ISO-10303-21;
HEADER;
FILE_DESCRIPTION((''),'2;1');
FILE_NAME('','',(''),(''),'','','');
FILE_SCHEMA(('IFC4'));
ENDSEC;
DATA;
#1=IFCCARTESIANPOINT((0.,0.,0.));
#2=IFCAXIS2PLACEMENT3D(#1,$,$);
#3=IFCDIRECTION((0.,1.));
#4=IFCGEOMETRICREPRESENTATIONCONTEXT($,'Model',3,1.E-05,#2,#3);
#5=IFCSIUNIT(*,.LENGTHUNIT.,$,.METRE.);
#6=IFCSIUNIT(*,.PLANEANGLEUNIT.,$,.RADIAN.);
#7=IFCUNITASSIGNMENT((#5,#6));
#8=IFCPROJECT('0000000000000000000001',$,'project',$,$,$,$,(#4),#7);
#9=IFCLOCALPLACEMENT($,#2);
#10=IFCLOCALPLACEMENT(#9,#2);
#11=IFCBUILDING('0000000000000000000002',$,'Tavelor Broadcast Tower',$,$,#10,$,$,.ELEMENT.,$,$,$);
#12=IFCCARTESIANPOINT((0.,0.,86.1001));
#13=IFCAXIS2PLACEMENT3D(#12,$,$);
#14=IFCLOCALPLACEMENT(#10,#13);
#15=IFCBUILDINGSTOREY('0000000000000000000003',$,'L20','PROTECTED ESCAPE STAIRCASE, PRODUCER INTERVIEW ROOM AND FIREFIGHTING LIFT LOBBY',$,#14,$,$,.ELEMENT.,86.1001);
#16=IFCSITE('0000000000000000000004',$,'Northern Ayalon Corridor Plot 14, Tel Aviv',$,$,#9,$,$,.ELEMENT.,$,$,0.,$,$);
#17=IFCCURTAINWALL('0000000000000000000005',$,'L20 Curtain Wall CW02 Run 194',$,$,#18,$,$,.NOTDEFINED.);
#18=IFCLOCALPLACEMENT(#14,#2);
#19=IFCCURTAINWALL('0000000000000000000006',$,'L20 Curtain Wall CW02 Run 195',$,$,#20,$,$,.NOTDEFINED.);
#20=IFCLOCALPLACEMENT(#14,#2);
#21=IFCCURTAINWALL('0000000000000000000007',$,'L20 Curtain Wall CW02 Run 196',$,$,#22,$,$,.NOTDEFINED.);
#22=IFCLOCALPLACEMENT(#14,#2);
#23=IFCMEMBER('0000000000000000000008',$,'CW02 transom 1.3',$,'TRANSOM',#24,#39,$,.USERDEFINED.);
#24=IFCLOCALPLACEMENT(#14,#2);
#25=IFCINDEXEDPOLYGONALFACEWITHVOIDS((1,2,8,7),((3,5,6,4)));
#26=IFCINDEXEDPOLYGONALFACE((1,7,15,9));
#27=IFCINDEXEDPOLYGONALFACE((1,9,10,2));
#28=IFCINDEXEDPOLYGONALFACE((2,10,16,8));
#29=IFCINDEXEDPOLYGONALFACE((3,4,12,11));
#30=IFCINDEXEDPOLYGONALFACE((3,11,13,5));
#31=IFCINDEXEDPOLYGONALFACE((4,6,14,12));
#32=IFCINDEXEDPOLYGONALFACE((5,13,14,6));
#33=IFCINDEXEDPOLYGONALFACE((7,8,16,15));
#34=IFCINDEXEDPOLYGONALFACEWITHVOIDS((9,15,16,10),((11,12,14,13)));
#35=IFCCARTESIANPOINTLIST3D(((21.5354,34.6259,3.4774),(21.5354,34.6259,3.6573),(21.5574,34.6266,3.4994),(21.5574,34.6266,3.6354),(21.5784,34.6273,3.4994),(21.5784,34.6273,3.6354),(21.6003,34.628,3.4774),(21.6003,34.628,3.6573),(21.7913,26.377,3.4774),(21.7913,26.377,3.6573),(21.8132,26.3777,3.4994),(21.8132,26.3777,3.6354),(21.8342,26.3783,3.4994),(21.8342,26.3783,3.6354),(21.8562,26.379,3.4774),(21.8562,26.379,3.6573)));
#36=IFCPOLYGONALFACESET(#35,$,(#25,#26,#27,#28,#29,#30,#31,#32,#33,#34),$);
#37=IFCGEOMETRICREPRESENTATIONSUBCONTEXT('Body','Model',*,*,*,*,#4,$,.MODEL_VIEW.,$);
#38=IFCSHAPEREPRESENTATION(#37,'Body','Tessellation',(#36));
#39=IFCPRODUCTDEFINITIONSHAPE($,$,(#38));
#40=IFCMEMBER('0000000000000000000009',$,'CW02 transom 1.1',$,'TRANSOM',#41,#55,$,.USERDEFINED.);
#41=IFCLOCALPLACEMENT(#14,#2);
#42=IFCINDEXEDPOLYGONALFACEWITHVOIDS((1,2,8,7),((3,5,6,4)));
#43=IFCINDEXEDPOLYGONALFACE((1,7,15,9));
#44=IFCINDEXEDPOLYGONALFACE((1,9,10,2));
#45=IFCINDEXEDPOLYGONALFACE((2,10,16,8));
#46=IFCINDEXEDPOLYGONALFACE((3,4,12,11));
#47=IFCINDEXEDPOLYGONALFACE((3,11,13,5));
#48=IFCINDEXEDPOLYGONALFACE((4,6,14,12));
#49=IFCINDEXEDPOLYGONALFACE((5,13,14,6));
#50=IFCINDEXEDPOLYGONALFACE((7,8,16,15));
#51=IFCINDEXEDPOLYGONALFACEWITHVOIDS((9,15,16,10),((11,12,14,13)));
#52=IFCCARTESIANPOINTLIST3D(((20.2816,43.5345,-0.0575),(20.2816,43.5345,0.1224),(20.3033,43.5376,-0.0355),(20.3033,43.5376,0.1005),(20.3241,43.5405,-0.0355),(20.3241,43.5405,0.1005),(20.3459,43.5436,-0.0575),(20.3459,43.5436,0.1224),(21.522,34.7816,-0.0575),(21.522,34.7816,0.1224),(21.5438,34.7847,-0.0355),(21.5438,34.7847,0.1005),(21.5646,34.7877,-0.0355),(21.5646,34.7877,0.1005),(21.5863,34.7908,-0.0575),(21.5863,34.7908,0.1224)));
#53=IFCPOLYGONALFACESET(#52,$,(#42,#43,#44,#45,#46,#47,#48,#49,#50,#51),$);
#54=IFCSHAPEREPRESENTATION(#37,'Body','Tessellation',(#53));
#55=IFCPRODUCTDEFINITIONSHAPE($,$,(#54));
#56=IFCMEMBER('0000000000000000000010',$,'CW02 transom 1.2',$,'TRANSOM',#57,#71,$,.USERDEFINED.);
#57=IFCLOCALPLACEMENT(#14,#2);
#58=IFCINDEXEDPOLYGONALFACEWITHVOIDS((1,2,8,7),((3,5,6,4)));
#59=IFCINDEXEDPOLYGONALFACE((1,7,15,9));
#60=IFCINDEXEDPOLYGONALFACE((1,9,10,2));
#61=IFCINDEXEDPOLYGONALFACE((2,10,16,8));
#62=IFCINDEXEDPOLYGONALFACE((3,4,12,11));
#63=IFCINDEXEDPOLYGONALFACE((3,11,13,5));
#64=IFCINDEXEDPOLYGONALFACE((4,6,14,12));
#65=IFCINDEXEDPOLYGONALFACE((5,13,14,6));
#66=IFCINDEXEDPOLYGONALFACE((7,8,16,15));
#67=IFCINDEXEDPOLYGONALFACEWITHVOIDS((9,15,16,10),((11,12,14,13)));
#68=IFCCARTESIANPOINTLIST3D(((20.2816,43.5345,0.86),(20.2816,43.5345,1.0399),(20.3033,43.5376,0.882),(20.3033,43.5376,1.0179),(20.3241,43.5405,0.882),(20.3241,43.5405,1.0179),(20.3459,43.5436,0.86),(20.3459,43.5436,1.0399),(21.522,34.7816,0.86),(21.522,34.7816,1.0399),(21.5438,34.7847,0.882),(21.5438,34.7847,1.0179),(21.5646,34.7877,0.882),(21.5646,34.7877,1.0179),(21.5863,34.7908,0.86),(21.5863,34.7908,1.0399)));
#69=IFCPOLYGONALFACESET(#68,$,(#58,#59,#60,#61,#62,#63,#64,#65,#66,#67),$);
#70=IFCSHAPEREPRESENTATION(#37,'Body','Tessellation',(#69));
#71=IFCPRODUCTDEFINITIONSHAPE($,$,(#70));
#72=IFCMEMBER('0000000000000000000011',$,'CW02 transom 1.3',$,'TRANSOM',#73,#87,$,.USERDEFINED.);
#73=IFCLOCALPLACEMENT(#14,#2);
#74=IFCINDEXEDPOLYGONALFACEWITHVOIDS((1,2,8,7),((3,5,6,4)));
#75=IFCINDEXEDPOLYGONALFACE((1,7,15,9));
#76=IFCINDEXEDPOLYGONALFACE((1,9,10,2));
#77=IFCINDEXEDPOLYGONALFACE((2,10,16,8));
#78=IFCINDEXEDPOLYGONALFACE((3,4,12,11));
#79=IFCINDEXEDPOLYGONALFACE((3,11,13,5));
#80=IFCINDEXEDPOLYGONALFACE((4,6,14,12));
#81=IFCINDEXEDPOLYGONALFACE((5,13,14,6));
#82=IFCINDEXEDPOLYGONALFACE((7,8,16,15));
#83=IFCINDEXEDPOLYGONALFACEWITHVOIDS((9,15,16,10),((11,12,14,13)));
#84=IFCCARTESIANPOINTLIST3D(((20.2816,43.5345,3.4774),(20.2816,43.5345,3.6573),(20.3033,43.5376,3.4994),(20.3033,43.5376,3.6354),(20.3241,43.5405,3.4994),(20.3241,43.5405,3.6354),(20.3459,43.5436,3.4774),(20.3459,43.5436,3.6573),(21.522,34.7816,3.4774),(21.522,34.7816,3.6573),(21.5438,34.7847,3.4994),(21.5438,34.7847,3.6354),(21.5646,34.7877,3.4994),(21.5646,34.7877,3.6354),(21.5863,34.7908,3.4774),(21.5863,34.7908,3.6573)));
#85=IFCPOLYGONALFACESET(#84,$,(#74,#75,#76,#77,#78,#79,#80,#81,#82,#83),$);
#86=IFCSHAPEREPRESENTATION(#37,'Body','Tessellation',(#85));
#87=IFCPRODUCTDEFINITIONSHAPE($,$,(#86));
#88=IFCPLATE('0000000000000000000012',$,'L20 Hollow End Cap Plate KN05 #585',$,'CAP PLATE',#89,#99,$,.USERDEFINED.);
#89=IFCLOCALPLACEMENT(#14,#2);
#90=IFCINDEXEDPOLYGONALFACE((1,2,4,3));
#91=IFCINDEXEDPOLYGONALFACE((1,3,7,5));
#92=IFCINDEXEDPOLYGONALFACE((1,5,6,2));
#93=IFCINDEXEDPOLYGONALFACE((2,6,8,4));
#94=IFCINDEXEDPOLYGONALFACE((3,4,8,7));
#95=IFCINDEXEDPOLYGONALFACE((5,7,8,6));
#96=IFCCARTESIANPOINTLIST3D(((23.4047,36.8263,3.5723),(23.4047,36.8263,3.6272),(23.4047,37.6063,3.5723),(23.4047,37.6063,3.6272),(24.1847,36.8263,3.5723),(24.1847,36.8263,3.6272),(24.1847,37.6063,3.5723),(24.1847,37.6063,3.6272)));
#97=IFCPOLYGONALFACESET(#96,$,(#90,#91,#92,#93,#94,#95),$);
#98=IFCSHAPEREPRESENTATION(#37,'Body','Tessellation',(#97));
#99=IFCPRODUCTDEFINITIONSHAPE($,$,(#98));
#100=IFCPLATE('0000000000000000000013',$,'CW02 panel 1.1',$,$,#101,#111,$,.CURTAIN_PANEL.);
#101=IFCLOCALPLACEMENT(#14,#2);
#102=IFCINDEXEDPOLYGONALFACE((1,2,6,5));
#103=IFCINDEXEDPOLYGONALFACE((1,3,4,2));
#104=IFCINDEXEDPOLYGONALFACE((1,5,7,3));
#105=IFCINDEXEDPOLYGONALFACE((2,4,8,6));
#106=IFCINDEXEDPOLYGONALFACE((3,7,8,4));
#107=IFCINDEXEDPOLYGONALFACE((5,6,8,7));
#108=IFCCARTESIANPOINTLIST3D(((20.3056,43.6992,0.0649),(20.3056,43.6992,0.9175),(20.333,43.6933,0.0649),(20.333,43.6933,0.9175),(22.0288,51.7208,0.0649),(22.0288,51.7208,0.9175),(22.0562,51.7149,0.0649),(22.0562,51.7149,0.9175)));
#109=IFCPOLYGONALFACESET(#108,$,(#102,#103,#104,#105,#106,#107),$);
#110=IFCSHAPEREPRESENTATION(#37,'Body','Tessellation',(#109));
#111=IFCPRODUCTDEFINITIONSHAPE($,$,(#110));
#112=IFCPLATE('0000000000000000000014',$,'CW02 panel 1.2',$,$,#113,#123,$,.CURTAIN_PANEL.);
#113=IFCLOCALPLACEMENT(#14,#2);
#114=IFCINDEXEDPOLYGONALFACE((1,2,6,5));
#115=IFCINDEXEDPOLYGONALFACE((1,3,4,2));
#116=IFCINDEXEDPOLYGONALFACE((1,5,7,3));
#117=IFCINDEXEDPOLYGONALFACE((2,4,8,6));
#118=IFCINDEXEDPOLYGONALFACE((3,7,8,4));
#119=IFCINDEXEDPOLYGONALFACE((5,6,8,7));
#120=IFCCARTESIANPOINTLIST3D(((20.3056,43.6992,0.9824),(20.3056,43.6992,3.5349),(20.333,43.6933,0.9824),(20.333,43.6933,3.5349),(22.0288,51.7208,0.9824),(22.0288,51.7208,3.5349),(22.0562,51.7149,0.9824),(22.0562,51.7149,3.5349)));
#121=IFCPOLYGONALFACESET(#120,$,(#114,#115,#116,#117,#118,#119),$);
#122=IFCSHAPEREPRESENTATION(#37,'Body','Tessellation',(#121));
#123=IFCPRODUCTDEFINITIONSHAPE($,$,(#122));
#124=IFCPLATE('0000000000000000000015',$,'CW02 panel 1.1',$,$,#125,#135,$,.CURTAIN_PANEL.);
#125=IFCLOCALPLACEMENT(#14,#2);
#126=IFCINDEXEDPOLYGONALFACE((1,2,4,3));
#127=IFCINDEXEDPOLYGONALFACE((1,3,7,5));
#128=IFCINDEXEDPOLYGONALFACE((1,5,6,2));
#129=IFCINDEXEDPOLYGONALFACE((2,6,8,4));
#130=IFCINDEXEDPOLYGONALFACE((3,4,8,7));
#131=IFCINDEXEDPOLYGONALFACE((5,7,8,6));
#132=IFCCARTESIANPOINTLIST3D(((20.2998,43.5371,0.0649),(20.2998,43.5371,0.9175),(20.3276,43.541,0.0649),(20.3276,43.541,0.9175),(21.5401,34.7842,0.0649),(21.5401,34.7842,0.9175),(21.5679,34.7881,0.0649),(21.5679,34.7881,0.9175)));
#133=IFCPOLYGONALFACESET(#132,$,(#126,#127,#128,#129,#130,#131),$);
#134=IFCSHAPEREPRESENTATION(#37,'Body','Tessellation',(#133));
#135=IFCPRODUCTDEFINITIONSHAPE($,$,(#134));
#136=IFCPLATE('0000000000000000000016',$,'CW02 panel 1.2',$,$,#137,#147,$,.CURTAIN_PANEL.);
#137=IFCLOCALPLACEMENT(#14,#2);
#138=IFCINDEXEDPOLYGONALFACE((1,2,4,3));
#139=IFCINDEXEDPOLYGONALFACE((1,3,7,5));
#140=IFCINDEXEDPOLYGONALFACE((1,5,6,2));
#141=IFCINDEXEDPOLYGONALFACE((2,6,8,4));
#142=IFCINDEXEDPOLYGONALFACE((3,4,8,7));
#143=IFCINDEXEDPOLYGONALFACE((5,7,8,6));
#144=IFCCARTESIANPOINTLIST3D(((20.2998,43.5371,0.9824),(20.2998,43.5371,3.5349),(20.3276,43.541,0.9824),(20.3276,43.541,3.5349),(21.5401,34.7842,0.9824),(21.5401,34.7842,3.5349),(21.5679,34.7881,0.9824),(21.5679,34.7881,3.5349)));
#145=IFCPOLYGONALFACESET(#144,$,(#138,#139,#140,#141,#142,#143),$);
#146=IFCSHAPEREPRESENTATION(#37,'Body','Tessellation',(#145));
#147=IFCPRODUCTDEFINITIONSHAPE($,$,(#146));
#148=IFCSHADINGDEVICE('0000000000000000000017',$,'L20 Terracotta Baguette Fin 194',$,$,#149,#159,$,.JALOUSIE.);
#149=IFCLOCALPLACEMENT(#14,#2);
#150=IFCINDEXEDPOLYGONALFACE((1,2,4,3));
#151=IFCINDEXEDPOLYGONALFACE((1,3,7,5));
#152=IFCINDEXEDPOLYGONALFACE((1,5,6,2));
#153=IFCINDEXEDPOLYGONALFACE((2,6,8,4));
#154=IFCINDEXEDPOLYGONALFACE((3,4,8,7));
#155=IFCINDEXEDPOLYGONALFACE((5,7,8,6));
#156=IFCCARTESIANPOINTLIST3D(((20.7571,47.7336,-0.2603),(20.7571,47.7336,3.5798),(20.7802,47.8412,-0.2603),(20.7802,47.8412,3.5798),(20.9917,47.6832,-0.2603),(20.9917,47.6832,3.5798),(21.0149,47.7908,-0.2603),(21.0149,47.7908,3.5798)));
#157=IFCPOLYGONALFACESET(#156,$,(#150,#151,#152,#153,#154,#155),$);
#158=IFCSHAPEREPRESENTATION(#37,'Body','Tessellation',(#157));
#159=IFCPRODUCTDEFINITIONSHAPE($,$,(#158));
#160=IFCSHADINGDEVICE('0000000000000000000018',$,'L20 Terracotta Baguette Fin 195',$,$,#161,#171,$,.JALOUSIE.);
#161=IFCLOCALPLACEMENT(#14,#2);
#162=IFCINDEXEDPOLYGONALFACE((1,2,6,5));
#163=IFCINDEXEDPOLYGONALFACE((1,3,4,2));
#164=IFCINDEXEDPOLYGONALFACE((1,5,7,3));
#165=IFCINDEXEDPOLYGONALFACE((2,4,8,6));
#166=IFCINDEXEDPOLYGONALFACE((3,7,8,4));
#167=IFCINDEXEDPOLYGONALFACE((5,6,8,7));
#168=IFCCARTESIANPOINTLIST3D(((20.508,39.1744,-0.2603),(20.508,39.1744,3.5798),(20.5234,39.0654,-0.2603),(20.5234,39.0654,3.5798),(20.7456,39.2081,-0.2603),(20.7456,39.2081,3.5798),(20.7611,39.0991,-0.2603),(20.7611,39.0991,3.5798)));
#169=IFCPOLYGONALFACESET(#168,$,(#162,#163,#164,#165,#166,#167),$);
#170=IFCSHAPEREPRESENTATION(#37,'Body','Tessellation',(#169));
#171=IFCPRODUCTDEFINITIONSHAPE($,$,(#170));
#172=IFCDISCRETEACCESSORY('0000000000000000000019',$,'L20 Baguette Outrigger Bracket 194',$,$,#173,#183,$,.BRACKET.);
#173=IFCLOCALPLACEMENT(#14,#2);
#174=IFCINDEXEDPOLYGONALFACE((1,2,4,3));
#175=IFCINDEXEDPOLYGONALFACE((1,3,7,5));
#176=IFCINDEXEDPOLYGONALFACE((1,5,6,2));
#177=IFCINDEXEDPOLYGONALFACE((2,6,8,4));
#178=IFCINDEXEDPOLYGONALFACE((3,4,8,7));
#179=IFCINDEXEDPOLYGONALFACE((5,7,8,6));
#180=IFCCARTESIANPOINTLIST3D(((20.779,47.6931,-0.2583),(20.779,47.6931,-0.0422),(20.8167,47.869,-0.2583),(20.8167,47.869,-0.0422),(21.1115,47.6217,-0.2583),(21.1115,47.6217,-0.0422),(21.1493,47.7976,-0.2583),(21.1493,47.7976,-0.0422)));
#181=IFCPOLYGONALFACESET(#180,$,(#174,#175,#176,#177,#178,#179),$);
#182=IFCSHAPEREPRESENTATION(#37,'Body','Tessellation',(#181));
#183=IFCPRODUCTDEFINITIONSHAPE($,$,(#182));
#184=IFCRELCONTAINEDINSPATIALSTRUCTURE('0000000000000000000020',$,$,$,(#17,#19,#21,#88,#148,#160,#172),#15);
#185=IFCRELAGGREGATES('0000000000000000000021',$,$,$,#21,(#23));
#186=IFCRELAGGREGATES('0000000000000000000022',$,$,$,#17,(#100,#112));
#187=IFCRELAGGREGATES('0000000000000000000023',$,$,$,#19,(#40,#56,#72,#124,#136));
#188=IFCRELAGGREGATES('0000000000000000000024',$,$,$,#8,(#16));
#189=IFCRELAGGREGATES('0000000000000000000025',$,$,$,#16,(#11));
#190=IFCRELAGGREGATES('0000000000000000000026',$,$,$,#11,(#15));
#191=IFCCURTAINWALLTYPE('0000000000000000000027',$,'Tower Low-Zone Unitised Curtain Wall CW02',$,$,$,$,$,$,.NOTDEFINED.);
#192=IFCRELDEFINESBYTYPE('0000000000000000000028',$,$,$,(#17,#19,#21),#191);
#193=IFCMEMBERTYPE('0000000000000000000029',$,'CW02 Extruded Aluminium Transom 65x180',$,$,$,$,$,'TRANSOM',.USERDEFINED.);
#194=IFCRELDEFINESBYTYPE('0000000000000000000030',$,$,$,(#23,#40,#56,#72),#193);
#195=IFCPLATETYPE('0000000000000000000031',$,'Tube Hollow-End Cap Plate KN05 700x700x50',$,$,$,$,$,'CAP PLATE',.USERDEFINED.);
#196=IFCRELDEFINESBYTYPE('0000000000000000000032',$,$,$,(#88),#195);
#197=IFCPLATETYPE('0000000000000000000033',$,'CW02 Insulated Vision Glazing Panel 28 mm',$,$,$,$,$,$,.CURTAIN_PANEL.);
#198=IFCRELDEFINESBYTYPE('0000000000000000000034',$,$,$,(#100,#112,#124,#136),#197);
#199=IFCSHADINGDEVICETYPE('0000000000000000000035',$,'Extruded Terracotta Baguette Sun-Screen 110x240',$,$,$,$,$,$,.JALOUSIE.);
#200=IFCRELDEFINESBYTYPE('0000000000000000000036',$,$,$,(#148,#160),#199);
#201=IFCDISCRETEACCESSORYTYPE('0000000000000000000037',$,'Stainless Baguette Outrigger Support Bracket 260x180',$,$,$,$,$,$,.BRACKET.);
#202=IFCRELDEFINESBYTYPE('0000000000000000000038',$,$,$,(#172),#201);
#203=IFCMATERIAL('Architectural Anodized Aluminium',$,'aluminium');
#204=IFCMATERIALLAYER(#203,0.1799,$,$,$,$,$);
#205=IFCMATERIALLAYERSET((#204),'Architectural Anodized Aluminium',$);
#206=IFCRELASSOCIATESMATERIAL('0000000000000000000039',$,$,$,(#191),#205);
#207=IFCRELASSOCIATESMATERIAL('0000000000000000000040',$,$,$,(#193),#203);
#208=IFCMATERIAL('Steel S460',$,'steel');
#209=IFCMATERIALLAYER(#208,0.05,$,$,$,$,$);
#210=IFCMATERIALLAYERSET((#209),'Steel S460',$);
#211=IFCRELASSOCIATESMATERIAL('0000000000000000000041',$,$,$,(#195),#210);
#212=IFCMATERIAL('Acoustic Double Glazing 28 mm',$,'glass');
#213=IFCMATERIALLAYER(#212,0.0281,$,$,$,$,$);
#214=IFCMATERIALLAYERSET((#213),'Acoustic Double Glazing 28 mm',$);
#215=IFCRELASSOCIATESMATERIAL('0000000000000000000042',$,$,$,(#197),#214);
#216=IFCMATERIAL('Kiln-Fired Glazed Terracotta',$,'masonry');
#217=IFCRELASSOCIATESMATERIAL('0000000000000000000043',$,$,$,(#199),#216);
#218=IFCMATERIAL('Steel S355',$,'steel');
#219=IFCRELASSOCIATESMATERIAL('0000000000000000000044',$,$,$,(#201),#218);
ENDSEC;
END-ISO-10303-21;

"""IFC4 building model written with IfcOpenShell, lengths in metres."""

from ifc_helpers import new_model, si_unit, direction, frame, origin, origin_2d, place, context, subcontext, project, spatial, rectangle, hollow_rectangle, extrude, source, transform, mapped, material, layer, layer_set, material_profile, profile_set, type_object, type_shapes, element, aggregate, save


model = new_model("IFC4")

# Units and contexts
model_context = context("Model", 3, precision=1e-05, world=origin(), true_north=direction((0.0, 1.0)))
body_context = subcontext(model_context, "Body", "Model", "MODEL_VIEW")
ifc_project = project(units=[si_unit("LENGTHUNIT", "METRE"), si_unit("PLANEANGLEUNIT", "RADIAN")], contexts=[model_context])

# Site, building, storey
site_placement = place(None, origin())
site = spatial("IfcSite", under=ifc_project, at=site_placement, Name="Northern Ayalon Corridor Plot 14, Tel Aviv", CompositionType="ELEMENT", RefElevation=0.0)
building_placement = place(site_placement, origin())
building = spatial("IfcBuilding", under=site, at=building_placement, Name="Tavelor Broadcast Tower", CompositionType="ELEMENT")
storey_placement = place(building_placement, frame((0.0, 0.0, 86.1001)))
storey = spatial("IfcBuildingStorey", under=building, at=storey_placement, Name="L20", Description="PROTECTED ESCAPE STAIRCASE, PRODUCER INTERVIEW ROOM AND FIREFIGHTING LIFT LOBBY", CompositionType="ELEMENT", Elevation=86.1001)

# Shared definitions
ifc_material_1 = material(Name="Steel S460", Category="steel")

# Shared definitions
ifc_material_2 = material(Name="Steel S355", Category="steel")

# Curtain wall
ifc_material_3 = material(Name="Architectural Anodized Aluminium", Category="aluminium")
ifc_layer_1 = layer(ifc_material_3, 0.1799)
ifc_layer_set_1 = layer_set([ifc_layer_1], Name="Architectural Anodized Aluminium")
curtain_wall_type = type_object("IfcCurtainWallType", Name="Tower Low-Zone Unitised Curtain Wall CW02", PredefinedType="NOTDEFINED", material=ifc_layer_set_1)
curtain_wall_1_placement = place(storey_placement, origin())
curtain_wall_1 = element("IfcCurtainWall", 1, at=curtain_wall_1_placement, inside=storey, type_object=curtain_wall_type, Name="L20 Curtain Wall CW02 Run 194", PredefinedType="NOTDEFINED")

# Curtain walls, member
curtain_wall_2_placement = place(storey_placement, origin())
curtain_wall_2 = element("IfcCurtainWall", 2, at=curtain_wall_2_placement, inside=storey, type_object=curtain_wall_type, Name="L20 Curtain Wall CW02 Run 195", PredefinedType="NOTDEFINED")
curtain_wall_3_placement = place(storey_placement, origin())
curtain_wall_3 = element("IfcCurtainWall", 3, at=curtain_wall_3_placement, inside=storey, type_object=curtain_wall_type, Name="L20 Curtain Wall CW02 Run 196", PredefinedType="NOTDEFINED")
ifc_material_profile_1 = material_profile(ifc_material_3, hollow_rectangle(XDim=0.0649, YDim=0.1799, WallThickness=0.022, at=origin_2d()), Name="RHS 65x180x22")
ifc_profile_set_1 = profile_set([ifc_material_profile_1], Name="Architectural Anodized Aluminium")
member_type_1 = type_object("IfcMemberType", Name="CW02 Extruded Aluminium Transom 65x180", ElementType="TRANSOM", PredefinedType="USERDEFINED", material=ifc_profile_set_1)
shared_shape_1 = source(origin(), body_context, "Body", "SweptSolid", [
    extrude(hollow_rectangle(XDim=0.0649, YDim=0.1799, WallThickness=0.022, at=origin_2d()), origin(), (0.0, 0.0, 1.0), 8.2529),
])
member_1_placement = place(storey_placement, frame((21.5679, 34.627, 3.5674), z_axis=(0.031002, -0.999519, 0.0), x_axis=(0.999519, 0.031002, 0.0)))
member_1 = element("IfcMember", 4, at=member_1_placement, type_object=member_type_1, Name="CW02 transom 1.3", ObjectType="TRANSOM", PredefinedType="USERDEFINED", context=body_context, shape_type="MappedRepresentation", body=[
    mapped(shared_shape_1, transform((0.0, 0.0, 0.0), scale=1.0)),
])
aggregate(curtain_wall_3, [member_1])

# Members
shared_shape_2 = source(origin(), body_context, "Body", "SweptSolid", [
    extrude(hollow_rectangle(XDim=0.0649, YDim=0.1799, WallThickness=0.022, at=origin_2d()), origin(), (0.0, 0.0, 1.0), 8.8403),
])
type_shapes(member_type_1, [shared_shape_1, shared_shape_2])
member_2_placement = place(storey_placement, frame((20.3137, 43.5391, 0.0325), z_axis=(0.140319, -0.990106, 0.0), x_axis=(0.990106, 0.140319, 0.0)))
member_2 = element("IfcMember", 5, at=member_2_placement, type_object=member_type_1, Name="CW02 transom 1.1", ObjectType="TRANSOM", PredefinedType="USERDEFINED", context=body_context, shape_type="MappedRepresentation", body=[
    mapped(shared_shape_2, transform((0.0, 0.0, 0.0), scale=1.0)),
])
member_3_placement = place(storey_placement, frame((20.3137, 43.5391, 0.95), z_axis=(0.140319, -0.990106, 0.0), x_axis=(0.990106, 0.140319, 0.0)))
member_3 = element("IfcMember", 6, at=member_3_placement, type_object=member_type_1, Name="CW02 transom 1.2", ObjectType="TRANSOM", PredefinedType="USERDEFINED", context=body_context, shape_type="MappedRepresentation", body=[
    mapped(shared_shape_2, transform((0.0, 0.0, 0.0), scale=1.0)),
])
member_4_placement = place(storey_placement, frame((20.3137, 43.5391, 3.5674), z_axis=(0.140319, -0.990106, 0.0), x_axis=(0.990106, 0.140319, 0.0)))
member_4 = element("IfcMember", 7, at=member_4_placement, type_object=member_type_1, Name="CW02 transom 1.3", ObjectType="TRANSOM", PredefinedType="USERDEFINED", context=body_context, shape_type="MappedRepresentation", body=[
    mapped(shared_shape_2, transform((0.0, 0.0, 0.0), scale=1.0)),
])

# Plates
ifc_layer_2 = layer(ifc_material_1, 0.05)
ifc_layer_set_2 = layer_set([ifc_layer_2], Name="Steel S460")
plate_type_1 = type_object("IfcPlateType", Name="Tube Hollow-End Cap Plate KN05 700x700x50", ElementType="CAP PLATE", PredefinedType="USERDEFINED", material=ifc_layer_set_2)
shared_shape_3 = source(origin(), body_context, "Body", "SweptSolid", [
    extrude(rectangle(XDim=0.78, YDim=0.78, at=origin_2d()), origin(), (0.0, 0.0, 1.0), 0.0549),
])
type_shapes(plate_type_1, [shared_shape_3])
plate_1_placement = place(storey_placement, frame((23.7947, 37.2163, 3.5723), z_axis=(0.0, 0.0, 1.0), x_axis=(1.0, 0.0, 0.0)))
element("IfcPlate", 8, at=plate_1_placement, inside=storey, type_object=plate_type_1, Name="L20 Hollow End Cap Plate KN05 #585", ObjectType="CAP PLATE", PredefinedType="USERDEFINED", context=body_context, shape_type="MappedRepresentation", body=[
    mapped(shared_shape_3, transform((0.0, 0.0, 0.0), scale=1.0)),
])
ifc_material_4 = material(Name="Acoustic Double Glazing 28 mm", Category="glass")
ifc_layer_3 = layer(ifc_material_4, 0.0281)
ifc_layer_set_3 = layer_set([ifc_layer_3], Name="Acoustic Double Glazing 28 mm")
plate_type_2 = type_object("IfcPlateType", Name="CW02 Insulated Vision Glazing Panel 28 mm", PredefinedType="CURTAIN_PANEL", material=ifc_layer_set_3)
shared_shape_4 = source(origin(), body_context, "Body", "SweptSolid", [
    extrude(rectangle(XDim=8.2046, YDim=0.0281, at=origin_2d()), origin(), (0.0, 0.0, 1.0), 0.8525),
])
plate_2_placement = place(storey_placement, frame((21.1809, 47.707, 0.0649), z_axis=(0.0, 0.0, 1.0), x_axis=(-0.210031, -0.977695, 0.0)))
plate_2 = element("IfcPlate", 9, at=plate_2_placement, type_object=plate_type_2, Name="CW02 panel 1.1", PredefinedType="CURTAIN_PANEL", context=body_context, shape_type="MappedRepresentation", body=[
    mapped(shared_shape_4, transform((0.0, 0.0, 0.0), scale=1.0)),
])
shared_shape_5 = source(origin(), body_context, "Body", "SweptSolid", [
    extrude(rectangle(XDim=8.2046, YDim=0.0281, at=origin_2d()), origin(), (0.0, 0.0, 1.0), 2.5525),
])
plate_3_placement = place(storey_placement, frame((21.1809, 47.707, 0.9824), z_axis=(0.0, 0.0, 1.0), x_axis=(-0.210031, -0.977695, 0.0)))
plate_3 = element("IfcPlate", 10, at=plate_3_placement, type_object=plate_type_2, Name="CW02 panel 1.2", PredefinedType="CURTAIN_PANEL", context=body_context, shape_type="MappedRepresentation", body=[
    mapped(shared_shape_5, transform((0.0, 0.0, 0.0), scale=1.0)),
])
aggregate(curtain_wall_1, [plate_2, plate_3])
shared_shape_6 = source(origin(), body_context, "Body", "SweptSolid", [
    extrude(rectangle(XDim=8.8403, YDim=0.0281, at=origin_2d()), origin(), (0.0, 0.0, 1.0), 0.8525),
])
plate_4_placement = place(storey_placement, frame((20.9338, 39.1626, 0.0649), z_axis=(0.0, 0.0, 1.0), x_axis=(0.140307, -0.990108, 0.0)))
plate_4 = element("IfcPlate", 11, at=plate_4_placement, type_object=plate_type_2, Name="CW02 panel 1.1", PredefinedType="CURTAIN_PANEL", context=body_context, shape_type="MappedRepresentation", body=[
    mapped(shared_shape_6, transform((0.0, 0.0, 0.0), scale=1.0)),
])
shared_shape_7 = source(origin(), body_context, "Body", "SweptSolid", [
    extrude(rectangle(XDim=8.8403, YDim=0.0281, at=origin_2d()), origin(), (0.0, 0.0, 1.0), 2.5525),
])
type_shapes(plate_type_2, [shared_shape_4, shared_shape_5, shared_shape_6, shared_shape_7])
plate_5_placement = place(storey_placement, frame((20.9338, 39.1626, 0.9824), z_axis=(0.0, 0.0, 1.0), x_axis=(0.140307, -0.990108, 0.0)))
plate_5 = element("IfcPlate", 12, at=plate_5_placement, type_object=plate_type_2, Name="CW02 panel 1.2", PredefinedType="CURTAIN_PANEL", context=body_context, shape_type="MappedRepresentation", body=[
    mapped(shared_shape_7, transform((0.0, 0.0, 0.0), scale=1.0)),
])
aggregate(curtain_wall_2, [member_2, member_3, member_4, plate_4, plate_5])

# Shading devices
ifc_material_5 = material(Name="Kiln-Fired Glazed Terracotta", Category="masonry")
shading_device_type = type_object("IfcShadingDeviceType", Name="Extruded Terracotta Baguette Sun-Screen 110x240", PredefinedType="JALOUSIE", material=ifc_material_5)
shared_shape_8 = source(origin(), body_context, "Body", "SweptSolid", [
    extrude(rectangle(XDim=0.1101, YDim=0.24, at=origin_2d()), origin(), (0.0, 0.0, 1.0), 3.8401),
])
type_shapes(shading_device_type, [shared_shape_8])
for number, where, z_axis, x_axis, name in (
    (13, (20.886, 47.7622, -0.2603), (0.0, 0.0, 1.0), (-0.20996, -0.97771, 0.0), "L20 Terracotta Baguette Fin 194"),
    (14, (20.6345, 39.1367, -0.2603), (0.0, 0.0, 1.0), (0.140383, -0.990097, 0.0), "L20 Terracotta Baguette Fin 195"),
):
    element("IfcShadingDevice", number, at=place(storey_placement, frame(where, z_axis=z_axis, x_axis=x_axis)), inside=storey, type_object=shading_device_type, Name=name, PredefinedType="JALOUSIE", context=body_context, shape_type="MappedRepresentation", body=[
        mapped(shared_shape_8, transform((0.0, 0.0, 0.0), scale=1.0)),
    ])

# Discrete accessory
discrete_accessory_type = type_object("IfcDiscreteAccessoryType", Name="Stainless Baguette Outrigger Support Bracket 260x180", PredefinedType="BRACKET", material=ifc_material_2)
shared_shape_9 = source(origin(), body_context, "Body", "SweptSolid", [
    extrude(rectangle(XDim=0.1799, YDim=0.3401, at=origin_2d()), origin(), (0.0, 0.0, 1.0), 0.2161),
])
type_shapes(discrete_accessory_type, [shared_shape_9])
for number, where, z_axis, x_axis, name in (
    (15, (20.9641, 47.7454, -0.2583), (0.0, 0.0, 1.0), (-0.20996, -0.97771, 0.0), "L20 Baguette Outrigger Bracket 194"),
):
    element("IfcDiscreteAccessory", number, at=place(storey_placement, frame(where, z_axis=z_axis, x_axis=x_axis)), inside=storey, type_object=discrete_accessory_type, Name=name, PredefinedType="BRACKET", context=body_context, shape_type="MappedRepresentation", body=[
        mapped(shared_shape_9, transform((0.0, 0.0, 0.0), scale=1.0)),
    ])

save(model, "model.ifc")
